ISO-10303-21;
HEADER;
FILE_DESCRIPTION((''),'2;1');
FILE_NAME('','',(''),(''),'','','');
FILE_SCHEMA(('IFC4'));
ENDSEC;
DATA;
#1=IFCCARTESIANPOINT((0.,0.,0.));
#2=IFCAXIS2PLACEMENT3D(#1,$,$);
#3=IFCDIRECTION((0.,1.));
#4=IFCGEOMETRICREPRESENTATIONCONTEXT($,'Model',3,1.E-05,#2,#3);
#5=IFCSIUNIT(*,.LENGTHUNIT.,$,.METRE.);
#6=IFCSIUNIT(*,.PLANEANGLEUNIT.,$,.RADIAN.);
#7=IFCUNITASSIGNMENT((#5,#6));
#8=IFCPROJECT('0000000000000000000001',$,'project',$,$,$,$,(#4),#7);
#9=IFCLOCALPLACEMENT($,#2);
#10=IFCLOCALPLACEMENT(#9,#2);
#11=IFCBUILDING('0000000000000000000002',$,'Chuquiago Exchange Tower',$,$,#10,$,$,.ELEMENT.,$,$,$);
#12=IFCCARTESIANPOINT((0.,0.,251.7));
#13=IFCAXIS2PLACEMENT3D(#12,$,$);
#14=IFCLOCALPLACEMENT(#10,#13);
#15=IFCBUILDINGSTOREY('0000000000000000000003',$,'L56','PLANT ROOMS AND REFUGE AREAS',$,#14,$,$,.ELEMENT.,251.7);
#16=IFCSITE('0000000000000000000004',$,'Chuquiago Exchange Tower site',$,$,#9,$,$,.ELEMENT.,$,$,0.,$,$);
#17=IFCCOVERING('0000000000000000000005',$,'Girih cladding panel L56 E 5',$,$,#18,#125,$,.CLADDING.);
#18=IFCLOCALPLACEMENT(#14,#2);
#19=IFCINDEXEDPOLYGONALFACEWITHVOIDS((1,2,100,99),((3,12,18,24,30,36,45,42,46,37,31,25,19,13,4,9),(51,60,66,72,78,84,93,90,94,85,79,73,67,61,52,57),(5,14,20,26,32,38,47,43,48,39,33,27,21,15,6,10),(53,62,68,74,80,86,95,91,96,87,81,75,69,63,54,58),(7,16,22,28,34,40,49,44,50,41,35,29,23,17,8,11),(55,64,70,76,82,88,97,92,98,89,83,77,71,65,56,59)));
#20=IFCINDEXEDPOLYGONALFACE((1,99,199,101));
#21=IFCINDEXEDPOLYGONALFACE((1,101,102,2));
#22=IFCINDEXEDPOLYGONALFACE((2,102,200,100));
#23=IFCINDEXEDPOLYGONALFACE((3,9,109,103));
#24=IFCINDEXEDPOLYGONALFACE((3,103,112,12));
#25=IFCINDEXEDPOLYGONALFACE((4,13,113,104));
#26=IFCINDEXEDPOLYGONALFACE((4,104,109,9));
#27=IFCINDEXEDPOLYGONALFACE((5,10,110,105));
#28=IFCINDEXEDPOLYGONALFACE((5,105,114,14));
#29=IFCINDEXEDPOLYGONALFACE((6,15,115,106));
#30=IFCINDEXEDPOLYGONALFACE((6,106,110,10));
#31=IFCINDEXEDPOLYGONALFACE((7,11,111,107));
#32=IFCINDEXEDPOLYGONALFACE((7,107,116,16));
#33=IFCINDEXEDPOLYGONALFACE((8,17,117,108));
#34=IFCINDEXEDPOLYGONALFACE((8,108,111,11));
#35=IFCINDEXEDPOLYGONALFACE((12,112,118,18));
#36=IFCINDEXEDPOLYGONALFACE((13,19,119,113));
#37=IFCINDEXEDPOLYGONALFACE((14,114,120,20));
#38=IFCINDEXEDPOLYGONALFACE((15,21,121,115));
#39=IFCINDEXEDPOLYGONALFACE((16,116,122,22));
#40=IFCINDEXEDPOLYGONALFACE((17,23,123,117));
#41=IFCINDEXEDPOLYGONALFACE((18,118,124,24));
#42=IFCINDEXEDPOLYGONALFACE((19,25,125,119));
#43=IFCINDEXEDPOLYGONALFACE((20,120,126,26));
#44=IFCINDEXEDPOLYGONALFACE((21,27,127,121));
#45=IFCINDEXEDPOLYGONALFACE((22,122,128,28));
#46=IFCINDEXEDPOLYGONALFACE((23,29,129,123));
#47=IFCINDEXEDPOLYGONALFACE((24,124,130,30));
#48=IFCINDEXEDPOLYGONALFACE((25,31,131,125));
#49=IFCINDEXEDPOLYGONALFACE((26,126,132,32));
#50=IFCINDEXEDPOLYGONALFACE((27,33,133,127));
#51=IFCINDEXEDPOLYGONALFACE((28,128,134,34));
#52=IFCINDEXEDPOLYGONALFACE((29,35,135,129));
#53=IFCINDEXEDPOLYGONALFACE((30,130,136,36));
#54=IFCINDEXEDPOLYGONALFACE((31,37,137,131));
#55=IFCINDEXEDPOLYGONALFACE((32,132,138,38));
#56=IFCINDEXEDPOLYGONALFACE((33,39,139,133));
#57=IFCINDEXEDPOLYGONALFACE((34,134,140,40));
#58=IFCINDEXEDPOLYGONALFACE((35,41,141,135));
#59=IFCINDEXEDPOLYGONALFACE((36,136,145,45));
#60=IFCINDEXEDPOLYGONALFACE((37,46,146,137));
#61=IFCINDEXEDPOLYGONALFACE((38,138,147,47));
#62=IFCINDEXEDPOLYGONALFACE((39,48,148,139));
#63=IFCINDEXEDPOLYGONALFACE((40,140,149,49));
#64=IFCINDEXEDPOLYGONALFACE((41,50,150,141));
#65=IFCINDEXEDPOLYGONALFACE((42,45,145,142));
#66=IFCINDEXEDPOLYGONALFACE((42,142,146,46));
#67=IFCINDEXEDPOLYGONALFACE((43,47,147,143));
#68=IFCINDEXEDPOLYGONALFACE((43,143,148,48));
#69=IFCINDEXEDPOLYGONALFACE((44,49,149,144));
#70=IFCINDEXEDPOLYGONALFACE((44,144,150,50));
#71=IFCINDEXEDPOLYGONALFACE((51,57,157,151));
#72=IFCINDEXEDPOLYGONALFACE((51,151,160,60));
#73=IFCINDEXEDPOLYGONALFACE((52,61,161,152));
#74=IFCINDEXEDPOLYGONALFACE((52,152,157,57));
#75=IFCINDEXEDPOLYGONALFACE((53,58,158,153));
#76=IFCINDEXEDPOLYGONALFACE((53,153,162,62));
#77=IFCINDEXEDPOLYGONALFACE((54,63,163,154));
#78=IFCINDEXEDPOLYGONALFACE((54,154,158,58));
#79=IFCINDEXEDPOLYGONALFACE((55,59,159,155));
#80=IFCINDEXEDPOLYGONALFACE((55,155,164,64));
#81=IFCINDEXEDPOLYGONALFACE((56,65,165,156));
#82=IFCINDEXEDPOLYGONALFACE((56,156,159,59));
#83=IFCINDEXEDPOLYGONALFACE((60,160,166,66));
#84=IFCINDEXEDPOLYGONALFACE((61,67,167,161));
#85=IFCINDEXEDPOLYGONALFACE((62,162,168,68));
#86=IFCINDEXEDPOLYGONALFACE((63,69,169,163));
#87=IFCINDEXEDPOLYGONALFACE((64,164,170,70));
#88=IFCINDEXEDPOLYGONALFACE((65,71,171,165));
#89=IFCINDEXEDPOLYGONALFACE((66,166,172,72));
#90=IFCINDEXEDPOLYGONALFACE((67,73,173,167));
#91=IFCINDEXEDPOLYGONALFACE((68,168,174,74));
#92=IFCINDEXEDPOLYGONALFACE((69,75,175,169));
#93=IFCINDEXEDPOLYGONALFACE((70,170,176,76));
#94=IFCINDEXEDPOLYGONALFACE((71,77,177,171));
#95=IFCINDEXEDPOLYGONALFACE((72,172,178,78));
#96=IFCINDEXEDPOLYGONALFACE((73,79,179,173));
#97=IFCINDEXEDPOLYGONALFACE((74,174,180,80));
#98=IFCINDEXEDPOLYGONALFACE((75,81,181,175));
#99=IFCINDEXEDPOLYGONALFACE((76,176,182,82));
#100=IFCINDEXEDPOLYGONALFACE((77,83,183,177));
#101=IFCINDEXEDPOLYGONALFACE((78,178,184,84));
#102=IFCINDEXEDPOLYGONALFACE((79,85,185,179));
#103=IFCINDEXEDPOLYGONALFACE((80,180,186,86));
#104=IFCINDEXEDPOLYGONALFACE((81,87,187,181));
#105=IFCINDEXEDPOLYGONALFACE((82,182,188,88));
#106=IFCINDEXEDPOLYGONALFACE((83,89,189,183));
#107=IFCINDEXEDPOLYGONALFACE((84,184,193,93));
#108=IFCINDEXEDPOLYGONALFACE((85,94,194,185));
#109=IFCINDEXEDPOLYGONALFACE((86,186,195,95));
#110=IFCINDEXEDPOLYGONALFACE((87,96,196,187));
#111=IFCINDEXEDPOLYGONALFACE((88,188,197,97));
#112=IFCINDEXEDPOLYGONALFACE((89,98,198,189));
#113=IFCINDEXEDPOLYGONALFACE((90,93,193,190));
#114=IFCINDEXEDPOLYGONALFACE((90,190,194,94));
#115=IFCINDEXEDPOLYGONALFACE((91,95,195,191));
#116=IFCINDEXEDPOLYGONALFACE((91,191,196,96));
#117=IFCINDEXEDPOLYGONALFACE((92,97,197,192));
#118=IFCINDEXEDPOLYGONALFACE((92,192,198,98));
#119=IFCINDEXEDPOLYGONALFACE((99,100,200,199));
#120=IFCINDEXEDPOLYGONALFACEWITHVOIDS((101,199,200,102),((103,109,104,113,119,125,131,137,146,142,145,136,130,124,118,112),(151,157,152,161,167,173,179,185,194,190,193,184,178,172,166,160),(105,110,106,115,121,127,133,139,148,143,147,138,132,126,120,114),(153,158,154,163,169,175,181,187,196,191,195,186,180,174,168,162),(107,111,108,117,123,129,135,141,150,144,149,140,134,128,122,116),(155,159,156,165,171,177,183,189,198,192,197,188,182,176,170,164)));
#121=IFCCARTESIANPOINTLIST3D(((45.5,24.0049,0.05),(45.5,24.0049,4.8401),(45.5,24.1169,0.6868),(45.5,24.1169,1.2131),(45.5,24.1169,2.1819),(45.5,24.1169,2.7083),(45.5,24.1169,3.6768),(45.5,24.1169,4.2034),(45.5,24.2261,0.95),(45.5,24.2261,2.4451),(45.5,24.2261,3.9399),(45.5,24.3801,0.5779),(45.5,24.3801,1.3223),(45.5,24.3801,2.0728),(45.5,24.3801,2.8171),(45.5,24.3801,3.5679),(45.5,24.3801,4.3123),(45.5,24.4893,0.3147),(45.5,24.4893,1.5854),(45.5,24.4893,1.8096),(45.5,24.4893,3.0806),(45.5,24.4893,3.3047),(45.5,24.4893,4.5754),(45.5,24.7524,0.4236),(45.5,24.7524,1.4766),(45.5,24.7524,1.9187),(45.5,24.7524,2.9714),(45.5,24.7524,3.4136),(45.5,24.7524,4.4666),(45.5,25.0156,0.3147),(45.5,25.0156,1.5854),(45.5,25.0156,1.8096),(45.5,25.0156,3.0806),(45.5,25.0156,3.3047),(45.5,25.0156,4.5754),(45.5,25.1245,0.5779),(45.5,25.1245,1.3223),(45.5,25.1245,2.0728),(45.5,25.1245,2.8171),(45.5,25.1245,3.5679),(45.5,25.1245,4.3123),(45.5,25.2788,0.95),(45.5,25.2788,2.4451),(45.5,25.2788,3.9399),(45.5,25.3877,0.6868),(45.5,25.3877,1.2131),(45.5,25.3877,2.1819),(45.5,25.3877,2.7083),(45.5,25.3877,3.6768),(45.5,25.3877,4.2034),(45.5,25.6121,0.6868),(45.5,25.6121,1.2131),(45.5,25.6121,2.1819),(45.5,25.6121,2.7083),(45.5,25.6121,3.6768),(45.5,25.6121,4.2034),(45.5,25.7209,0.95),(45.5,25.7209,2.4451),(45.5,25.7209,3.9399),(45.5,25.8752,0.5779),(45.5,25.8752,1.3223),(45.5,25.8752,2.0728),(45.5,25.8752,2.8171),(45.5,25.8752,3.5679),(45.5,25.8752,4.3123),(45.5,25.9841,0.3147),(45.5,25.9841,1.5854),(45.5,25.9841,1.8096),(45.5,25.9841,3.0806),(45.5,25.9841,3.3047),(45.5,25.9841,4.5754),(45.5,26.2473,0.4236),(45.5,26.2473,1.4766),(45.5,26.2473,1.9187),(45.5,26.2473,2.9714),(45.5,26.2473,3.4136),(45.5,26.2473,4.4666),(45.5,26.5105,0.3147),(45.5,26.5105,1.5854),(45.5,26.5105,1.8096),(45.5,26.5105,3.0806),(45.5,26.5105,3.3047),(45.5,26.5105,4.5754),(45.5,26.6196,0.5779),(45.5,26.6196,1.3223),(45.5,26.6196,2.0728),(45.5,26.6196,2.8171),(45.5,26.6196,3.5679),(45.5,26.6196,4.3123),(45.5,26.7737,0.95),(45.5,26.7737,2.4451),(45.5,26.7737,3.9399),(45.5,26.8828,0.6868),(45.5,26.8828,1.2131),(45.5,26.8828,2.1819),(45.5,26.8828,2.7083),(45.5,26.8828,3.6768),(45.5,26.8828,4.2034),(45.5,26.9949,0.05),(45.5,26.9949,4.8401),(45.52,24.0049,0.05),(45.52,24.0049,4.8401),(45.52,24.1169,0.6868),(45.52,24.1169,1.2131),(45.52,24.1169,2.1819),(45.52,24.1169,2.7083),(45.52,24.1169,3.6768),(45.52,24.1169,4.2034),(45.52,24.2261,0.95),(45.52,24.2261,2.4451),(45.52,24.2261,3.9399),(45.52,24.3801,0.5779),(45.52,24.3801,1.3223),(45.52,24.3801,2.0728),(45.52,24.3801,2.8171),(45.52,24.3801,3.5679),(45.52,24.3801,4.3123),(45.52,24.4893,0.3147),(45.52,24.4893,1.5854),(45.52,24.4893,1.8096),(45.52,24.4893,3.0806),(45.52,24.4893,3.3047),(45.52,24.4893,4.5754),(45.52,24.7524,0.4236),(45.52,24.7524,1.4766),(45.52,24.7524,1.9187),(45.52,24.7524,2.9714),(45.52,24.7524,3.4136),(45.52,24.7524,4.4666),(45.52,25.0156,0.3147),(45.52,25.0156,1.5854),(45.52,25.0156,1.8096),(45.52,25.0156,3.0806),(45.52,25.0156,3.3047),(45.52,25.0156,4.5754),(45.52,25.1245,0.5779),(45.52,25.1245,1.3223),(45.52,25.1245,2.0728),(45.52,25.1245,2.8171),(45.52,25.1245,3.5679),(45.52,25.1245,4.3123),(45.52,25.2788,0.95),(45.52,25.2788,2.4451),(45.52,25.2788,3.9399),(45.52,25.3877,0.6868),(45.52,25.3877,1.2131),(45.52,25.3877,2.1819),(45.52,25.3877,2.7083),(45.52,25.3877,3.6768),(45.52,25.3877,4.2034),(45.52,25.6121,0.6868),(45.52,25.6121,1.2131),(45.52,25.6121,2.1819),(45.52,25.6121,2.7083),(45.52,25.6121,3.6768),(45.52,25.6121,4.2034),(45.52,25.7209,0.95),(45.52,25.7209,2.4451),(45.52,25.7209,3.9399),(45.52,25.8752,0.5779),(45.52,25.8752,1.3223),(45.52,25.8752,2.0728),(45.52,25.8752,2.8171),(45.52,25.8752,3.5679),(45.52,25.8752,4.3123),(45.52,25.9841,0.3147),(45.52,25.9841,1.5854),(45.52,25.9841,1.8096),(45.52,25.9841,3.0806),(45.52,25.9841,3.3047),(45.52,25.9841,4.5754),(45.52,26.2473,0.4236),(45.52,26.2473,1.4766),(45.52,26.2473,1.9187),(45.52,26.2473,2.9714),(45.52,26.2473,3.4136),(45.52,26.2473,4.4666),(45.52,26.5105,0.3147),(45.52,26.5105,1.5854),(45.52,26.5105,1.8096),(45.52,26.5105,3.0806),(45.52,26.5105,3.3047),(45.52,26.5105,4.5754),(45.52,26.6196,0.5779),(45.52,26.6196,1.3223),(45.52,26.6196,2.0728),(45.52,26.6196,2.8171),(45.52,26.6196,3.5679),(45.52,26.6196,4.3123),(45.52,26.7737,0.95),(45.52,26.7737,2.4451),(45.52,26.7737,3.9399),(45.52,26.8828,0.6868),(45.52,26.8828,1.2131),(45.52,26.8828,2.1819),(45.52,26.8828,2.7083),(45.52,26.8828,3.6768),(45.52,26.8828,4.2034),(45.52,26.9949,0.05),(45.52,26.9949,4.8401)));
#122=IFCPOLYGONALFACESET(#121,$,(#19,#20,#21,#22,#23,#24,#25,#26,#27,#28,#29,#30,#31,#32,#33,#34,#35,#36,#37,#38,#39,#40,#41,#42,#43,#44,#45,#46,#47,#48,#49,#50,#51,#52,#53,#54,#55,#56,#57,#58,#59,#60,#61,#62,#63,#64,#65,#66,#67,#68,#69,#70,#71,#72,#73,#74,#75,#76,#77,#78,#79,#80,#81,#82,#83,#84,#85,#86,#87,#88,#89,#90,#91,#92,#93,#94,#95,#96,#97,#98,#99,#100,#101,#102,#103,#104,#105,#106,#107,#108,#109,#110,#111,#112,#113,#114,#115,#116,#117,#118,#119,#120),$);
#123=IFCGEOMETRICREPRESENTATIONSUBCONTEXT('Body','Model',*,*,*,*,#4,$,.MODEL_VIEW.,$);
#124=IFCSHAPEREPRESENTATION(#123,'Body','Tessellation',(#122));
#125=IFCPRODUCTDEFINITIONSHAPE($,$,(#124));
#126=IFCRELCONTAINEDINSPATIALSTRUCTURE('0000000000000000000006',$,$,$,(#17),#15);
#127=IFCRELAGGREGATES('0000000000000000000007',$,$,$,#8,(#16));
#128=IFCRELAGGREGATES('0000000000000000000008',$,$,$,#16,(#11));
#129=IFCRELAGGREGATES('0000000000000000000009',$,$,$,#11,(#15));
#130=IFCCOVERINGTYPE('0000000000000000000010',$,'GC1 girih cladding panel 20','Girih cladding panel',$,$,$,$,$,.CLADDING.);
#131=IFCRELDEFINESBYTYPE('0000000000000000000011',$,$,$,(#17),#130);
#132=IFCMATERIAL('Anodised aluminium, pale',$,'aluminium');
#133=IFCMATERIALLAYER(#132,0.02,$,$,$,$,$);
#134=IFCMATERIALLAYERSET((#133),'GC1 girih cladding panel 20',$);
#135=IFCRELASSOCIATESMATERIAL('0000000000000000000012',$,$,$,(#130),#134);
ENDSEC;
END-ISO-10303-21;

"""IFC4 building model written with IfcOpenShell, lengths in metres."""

from ifc_helpers import new_model, si_unit, direction, frame, origin, place, context, subcontext, project, spatial, polyline, outline, extrude, material, layer, layer_set, type_object, element, save


model = new_model("IFC4")

# Units and contexts
model_context = context("Model", 3, precision=1e-05, world=origin(), true_north=direction((0.0, 1.0)))
body_context = subcontext(model_context, "Body", "Model", "MODEL_VIEW")
ifc_project = project(units=[si_unit("LENGTHUNIT", "METRE"), si_unit("PLANEANGLEUNIT", "RADIAN")], contexts=[model_context])

# Site, building, storey
site_placement = place(None, origin())
site = spatial("IfcSite", under=ifc_project, at=site_placement, Name="Chuquiago Exchange Tower site", CompositionType="ELEMENT", RefElevation=0.0)
building_placement = place(site_placement, origin())
building = spatial("IfcBuilding", under=site, at=building_placement, Name="Chuquiago Exchange Tower", CompositionType="ELEMENT")
storey_placement = place(building_placement, frame((0.0, 0.0, 251.7)))
storey = spatial("IfcBuildingStorey", under=building, at=storey_placement, Name="L56", Description="PLANT ROOMS AND REFUGE AREAS", CompositionType="ELEMENT", Elevation=251.7)

# Covering
ifc_material_1 = material(Name="Anodised aluminium, pale", Category="aluminium")
ifc_layer_1 = layer(ifc_material_1, 0.02)
ifc_layer_set_1 = layer_set([ifc_layer_1], Name="GC1 girih cladding panel 20")
covering_type_1 = type_object("IfcCoveringType", Name="GC1 girih cladding panel 20", Description="Girih cladding panel", PredefinedType="CLADDING", material=ifc_layer_set_1)
covering_1_placement = place(storey_placement, frame((45.5, 24.0049, 0.05), z_axis=(0.0, 0.0, 1.0), x_axis=(0.0, 1.0, 0.0)))
element("IfcCovering", 1, at=covering_1_placement, inside=storey, type_object=covering_type_1, Name="Girih cladding panel L56 E 5", PredefinedType="CLADDING", context=body_context, shape_type="SweptSolid", body=[
    extrude(outline(polyline([(0.0, 0.0), (2.99, 0.0), (2.99, 4.79), (0.0, 4.79), (0.0, 0.0)]), holes=[polyline([(1.2739, 0.8999), (1.3828, 1.1631), (1.1196, 1.2722), (1.0107, 1.5354), (0.7476, 1.4265), (0.4844, 1.5354), (0.3752, 1.2722), (0.1121, 1.1631), (0.2212, 0.8999), (0.1121, 0.6367), (0.3752, 0.5278), (0.4844, 0.2646), (0.7476, 0.3735), (1.0107, 0.2646), (1.1196, 0.5278), (1.3828, 0.6367), (1.2739, 0.8999)]), polyline([(2.7688, 0.8999), (2.8779, 1.1631), (2.6147, 1.2722), (2.5056, 1.5354), (2.2424, 1.4265), (1.9792, 1.5354), (1.8704, 1.2722), (1.6072, 1.1631), (1.7161, 0.8999), (1.6072, 0.6367), (1.8704, 0.5278), (1.9792, 0.2646), (2.2424, 0.3735), (2.5056, 0.2646), (2.6147, 0.5278), (2.8779, 0.6367), (2.7688, 0.8999)]), polyline([(1.2739, 2.395), (1.3828, 2.6582), (1.1196, 2.7671), (1.0107, 3.0305), (0.7476, 2.9214), (0.4844, 3.0305), (0.3752, 2.7671), (0.1121, 2.6582), (0.2212, 2.395), (0.1121, 2.1318), (0.3752, 2.0227), (0.4844, 1.7595), (0.7476, 1.8687), (1.0107, 1.7595), (1.1196, 2.0227), (1.3828, 2.1318), (1.2739, 2.395)]), polyline([(2.7688, 2.395), (2.8779, 2.6582), (2.6147, 2.7671), (2.5056, 3.0305), (2.2424, 2.9214), (1.9792, 3.0305), (1.8704, 2.7671), (1.6072, 2.6582), (1.7161, 2.395), (1.6072, 2.1318), (1.8704, 2.0227), (1.9792, 1.7595), (2.2424, 1.8687), (2.5056, 1.7595), (2.6147, 2.0227), (2.8779, 2.1318), (2.7688, 2.395)]), polyline([(1.2739, 3.8899), (1.3828, 4.1533), (1.1196, 4.2622), (1.0107, 4.5254), (0.7476, 4.4165), (0.4844, 4.5254), (0.3752, 4.2622), (0.1121, 4.1533), (0.2212, 3.8899), (0.1121, 3.6267), (0.3752, 3.5178), (0.4844, 3.2546), (0.7476, 3.3635), (1.0107, 3.2546), (1.1196, 3.5178), (1.3828, 3.6267), (1.2739, 3.8899)]), polyline([(2.7688, 3.8899), (2.8779, 4.1533), (2.6147, 4.2622), (2.5056, 4.5254), (2.2424, 4.4165), (1.9792, 4.5254), (1.8704, 4.2622), (1.6072, 4.1533), (1.7161, 3.8899), (1.6072, 3.6267), (1.8704, 3.5178), (1.9792, 3.2546), (2.2424, 3.3635), (2.5056, 3.2546), (2.6147, 3.5178), (2.8779, 3.6267), (2.7688, 3.8899)])]), frame((0.0, 0.0, 0.0), z_axis=(0.0, -1.0, 0.0), x_axis=(1.0, 0.0, 0.0)), (0.0, 0.0, 1.0), 0.02),
])

save(model, "model.ifc")
